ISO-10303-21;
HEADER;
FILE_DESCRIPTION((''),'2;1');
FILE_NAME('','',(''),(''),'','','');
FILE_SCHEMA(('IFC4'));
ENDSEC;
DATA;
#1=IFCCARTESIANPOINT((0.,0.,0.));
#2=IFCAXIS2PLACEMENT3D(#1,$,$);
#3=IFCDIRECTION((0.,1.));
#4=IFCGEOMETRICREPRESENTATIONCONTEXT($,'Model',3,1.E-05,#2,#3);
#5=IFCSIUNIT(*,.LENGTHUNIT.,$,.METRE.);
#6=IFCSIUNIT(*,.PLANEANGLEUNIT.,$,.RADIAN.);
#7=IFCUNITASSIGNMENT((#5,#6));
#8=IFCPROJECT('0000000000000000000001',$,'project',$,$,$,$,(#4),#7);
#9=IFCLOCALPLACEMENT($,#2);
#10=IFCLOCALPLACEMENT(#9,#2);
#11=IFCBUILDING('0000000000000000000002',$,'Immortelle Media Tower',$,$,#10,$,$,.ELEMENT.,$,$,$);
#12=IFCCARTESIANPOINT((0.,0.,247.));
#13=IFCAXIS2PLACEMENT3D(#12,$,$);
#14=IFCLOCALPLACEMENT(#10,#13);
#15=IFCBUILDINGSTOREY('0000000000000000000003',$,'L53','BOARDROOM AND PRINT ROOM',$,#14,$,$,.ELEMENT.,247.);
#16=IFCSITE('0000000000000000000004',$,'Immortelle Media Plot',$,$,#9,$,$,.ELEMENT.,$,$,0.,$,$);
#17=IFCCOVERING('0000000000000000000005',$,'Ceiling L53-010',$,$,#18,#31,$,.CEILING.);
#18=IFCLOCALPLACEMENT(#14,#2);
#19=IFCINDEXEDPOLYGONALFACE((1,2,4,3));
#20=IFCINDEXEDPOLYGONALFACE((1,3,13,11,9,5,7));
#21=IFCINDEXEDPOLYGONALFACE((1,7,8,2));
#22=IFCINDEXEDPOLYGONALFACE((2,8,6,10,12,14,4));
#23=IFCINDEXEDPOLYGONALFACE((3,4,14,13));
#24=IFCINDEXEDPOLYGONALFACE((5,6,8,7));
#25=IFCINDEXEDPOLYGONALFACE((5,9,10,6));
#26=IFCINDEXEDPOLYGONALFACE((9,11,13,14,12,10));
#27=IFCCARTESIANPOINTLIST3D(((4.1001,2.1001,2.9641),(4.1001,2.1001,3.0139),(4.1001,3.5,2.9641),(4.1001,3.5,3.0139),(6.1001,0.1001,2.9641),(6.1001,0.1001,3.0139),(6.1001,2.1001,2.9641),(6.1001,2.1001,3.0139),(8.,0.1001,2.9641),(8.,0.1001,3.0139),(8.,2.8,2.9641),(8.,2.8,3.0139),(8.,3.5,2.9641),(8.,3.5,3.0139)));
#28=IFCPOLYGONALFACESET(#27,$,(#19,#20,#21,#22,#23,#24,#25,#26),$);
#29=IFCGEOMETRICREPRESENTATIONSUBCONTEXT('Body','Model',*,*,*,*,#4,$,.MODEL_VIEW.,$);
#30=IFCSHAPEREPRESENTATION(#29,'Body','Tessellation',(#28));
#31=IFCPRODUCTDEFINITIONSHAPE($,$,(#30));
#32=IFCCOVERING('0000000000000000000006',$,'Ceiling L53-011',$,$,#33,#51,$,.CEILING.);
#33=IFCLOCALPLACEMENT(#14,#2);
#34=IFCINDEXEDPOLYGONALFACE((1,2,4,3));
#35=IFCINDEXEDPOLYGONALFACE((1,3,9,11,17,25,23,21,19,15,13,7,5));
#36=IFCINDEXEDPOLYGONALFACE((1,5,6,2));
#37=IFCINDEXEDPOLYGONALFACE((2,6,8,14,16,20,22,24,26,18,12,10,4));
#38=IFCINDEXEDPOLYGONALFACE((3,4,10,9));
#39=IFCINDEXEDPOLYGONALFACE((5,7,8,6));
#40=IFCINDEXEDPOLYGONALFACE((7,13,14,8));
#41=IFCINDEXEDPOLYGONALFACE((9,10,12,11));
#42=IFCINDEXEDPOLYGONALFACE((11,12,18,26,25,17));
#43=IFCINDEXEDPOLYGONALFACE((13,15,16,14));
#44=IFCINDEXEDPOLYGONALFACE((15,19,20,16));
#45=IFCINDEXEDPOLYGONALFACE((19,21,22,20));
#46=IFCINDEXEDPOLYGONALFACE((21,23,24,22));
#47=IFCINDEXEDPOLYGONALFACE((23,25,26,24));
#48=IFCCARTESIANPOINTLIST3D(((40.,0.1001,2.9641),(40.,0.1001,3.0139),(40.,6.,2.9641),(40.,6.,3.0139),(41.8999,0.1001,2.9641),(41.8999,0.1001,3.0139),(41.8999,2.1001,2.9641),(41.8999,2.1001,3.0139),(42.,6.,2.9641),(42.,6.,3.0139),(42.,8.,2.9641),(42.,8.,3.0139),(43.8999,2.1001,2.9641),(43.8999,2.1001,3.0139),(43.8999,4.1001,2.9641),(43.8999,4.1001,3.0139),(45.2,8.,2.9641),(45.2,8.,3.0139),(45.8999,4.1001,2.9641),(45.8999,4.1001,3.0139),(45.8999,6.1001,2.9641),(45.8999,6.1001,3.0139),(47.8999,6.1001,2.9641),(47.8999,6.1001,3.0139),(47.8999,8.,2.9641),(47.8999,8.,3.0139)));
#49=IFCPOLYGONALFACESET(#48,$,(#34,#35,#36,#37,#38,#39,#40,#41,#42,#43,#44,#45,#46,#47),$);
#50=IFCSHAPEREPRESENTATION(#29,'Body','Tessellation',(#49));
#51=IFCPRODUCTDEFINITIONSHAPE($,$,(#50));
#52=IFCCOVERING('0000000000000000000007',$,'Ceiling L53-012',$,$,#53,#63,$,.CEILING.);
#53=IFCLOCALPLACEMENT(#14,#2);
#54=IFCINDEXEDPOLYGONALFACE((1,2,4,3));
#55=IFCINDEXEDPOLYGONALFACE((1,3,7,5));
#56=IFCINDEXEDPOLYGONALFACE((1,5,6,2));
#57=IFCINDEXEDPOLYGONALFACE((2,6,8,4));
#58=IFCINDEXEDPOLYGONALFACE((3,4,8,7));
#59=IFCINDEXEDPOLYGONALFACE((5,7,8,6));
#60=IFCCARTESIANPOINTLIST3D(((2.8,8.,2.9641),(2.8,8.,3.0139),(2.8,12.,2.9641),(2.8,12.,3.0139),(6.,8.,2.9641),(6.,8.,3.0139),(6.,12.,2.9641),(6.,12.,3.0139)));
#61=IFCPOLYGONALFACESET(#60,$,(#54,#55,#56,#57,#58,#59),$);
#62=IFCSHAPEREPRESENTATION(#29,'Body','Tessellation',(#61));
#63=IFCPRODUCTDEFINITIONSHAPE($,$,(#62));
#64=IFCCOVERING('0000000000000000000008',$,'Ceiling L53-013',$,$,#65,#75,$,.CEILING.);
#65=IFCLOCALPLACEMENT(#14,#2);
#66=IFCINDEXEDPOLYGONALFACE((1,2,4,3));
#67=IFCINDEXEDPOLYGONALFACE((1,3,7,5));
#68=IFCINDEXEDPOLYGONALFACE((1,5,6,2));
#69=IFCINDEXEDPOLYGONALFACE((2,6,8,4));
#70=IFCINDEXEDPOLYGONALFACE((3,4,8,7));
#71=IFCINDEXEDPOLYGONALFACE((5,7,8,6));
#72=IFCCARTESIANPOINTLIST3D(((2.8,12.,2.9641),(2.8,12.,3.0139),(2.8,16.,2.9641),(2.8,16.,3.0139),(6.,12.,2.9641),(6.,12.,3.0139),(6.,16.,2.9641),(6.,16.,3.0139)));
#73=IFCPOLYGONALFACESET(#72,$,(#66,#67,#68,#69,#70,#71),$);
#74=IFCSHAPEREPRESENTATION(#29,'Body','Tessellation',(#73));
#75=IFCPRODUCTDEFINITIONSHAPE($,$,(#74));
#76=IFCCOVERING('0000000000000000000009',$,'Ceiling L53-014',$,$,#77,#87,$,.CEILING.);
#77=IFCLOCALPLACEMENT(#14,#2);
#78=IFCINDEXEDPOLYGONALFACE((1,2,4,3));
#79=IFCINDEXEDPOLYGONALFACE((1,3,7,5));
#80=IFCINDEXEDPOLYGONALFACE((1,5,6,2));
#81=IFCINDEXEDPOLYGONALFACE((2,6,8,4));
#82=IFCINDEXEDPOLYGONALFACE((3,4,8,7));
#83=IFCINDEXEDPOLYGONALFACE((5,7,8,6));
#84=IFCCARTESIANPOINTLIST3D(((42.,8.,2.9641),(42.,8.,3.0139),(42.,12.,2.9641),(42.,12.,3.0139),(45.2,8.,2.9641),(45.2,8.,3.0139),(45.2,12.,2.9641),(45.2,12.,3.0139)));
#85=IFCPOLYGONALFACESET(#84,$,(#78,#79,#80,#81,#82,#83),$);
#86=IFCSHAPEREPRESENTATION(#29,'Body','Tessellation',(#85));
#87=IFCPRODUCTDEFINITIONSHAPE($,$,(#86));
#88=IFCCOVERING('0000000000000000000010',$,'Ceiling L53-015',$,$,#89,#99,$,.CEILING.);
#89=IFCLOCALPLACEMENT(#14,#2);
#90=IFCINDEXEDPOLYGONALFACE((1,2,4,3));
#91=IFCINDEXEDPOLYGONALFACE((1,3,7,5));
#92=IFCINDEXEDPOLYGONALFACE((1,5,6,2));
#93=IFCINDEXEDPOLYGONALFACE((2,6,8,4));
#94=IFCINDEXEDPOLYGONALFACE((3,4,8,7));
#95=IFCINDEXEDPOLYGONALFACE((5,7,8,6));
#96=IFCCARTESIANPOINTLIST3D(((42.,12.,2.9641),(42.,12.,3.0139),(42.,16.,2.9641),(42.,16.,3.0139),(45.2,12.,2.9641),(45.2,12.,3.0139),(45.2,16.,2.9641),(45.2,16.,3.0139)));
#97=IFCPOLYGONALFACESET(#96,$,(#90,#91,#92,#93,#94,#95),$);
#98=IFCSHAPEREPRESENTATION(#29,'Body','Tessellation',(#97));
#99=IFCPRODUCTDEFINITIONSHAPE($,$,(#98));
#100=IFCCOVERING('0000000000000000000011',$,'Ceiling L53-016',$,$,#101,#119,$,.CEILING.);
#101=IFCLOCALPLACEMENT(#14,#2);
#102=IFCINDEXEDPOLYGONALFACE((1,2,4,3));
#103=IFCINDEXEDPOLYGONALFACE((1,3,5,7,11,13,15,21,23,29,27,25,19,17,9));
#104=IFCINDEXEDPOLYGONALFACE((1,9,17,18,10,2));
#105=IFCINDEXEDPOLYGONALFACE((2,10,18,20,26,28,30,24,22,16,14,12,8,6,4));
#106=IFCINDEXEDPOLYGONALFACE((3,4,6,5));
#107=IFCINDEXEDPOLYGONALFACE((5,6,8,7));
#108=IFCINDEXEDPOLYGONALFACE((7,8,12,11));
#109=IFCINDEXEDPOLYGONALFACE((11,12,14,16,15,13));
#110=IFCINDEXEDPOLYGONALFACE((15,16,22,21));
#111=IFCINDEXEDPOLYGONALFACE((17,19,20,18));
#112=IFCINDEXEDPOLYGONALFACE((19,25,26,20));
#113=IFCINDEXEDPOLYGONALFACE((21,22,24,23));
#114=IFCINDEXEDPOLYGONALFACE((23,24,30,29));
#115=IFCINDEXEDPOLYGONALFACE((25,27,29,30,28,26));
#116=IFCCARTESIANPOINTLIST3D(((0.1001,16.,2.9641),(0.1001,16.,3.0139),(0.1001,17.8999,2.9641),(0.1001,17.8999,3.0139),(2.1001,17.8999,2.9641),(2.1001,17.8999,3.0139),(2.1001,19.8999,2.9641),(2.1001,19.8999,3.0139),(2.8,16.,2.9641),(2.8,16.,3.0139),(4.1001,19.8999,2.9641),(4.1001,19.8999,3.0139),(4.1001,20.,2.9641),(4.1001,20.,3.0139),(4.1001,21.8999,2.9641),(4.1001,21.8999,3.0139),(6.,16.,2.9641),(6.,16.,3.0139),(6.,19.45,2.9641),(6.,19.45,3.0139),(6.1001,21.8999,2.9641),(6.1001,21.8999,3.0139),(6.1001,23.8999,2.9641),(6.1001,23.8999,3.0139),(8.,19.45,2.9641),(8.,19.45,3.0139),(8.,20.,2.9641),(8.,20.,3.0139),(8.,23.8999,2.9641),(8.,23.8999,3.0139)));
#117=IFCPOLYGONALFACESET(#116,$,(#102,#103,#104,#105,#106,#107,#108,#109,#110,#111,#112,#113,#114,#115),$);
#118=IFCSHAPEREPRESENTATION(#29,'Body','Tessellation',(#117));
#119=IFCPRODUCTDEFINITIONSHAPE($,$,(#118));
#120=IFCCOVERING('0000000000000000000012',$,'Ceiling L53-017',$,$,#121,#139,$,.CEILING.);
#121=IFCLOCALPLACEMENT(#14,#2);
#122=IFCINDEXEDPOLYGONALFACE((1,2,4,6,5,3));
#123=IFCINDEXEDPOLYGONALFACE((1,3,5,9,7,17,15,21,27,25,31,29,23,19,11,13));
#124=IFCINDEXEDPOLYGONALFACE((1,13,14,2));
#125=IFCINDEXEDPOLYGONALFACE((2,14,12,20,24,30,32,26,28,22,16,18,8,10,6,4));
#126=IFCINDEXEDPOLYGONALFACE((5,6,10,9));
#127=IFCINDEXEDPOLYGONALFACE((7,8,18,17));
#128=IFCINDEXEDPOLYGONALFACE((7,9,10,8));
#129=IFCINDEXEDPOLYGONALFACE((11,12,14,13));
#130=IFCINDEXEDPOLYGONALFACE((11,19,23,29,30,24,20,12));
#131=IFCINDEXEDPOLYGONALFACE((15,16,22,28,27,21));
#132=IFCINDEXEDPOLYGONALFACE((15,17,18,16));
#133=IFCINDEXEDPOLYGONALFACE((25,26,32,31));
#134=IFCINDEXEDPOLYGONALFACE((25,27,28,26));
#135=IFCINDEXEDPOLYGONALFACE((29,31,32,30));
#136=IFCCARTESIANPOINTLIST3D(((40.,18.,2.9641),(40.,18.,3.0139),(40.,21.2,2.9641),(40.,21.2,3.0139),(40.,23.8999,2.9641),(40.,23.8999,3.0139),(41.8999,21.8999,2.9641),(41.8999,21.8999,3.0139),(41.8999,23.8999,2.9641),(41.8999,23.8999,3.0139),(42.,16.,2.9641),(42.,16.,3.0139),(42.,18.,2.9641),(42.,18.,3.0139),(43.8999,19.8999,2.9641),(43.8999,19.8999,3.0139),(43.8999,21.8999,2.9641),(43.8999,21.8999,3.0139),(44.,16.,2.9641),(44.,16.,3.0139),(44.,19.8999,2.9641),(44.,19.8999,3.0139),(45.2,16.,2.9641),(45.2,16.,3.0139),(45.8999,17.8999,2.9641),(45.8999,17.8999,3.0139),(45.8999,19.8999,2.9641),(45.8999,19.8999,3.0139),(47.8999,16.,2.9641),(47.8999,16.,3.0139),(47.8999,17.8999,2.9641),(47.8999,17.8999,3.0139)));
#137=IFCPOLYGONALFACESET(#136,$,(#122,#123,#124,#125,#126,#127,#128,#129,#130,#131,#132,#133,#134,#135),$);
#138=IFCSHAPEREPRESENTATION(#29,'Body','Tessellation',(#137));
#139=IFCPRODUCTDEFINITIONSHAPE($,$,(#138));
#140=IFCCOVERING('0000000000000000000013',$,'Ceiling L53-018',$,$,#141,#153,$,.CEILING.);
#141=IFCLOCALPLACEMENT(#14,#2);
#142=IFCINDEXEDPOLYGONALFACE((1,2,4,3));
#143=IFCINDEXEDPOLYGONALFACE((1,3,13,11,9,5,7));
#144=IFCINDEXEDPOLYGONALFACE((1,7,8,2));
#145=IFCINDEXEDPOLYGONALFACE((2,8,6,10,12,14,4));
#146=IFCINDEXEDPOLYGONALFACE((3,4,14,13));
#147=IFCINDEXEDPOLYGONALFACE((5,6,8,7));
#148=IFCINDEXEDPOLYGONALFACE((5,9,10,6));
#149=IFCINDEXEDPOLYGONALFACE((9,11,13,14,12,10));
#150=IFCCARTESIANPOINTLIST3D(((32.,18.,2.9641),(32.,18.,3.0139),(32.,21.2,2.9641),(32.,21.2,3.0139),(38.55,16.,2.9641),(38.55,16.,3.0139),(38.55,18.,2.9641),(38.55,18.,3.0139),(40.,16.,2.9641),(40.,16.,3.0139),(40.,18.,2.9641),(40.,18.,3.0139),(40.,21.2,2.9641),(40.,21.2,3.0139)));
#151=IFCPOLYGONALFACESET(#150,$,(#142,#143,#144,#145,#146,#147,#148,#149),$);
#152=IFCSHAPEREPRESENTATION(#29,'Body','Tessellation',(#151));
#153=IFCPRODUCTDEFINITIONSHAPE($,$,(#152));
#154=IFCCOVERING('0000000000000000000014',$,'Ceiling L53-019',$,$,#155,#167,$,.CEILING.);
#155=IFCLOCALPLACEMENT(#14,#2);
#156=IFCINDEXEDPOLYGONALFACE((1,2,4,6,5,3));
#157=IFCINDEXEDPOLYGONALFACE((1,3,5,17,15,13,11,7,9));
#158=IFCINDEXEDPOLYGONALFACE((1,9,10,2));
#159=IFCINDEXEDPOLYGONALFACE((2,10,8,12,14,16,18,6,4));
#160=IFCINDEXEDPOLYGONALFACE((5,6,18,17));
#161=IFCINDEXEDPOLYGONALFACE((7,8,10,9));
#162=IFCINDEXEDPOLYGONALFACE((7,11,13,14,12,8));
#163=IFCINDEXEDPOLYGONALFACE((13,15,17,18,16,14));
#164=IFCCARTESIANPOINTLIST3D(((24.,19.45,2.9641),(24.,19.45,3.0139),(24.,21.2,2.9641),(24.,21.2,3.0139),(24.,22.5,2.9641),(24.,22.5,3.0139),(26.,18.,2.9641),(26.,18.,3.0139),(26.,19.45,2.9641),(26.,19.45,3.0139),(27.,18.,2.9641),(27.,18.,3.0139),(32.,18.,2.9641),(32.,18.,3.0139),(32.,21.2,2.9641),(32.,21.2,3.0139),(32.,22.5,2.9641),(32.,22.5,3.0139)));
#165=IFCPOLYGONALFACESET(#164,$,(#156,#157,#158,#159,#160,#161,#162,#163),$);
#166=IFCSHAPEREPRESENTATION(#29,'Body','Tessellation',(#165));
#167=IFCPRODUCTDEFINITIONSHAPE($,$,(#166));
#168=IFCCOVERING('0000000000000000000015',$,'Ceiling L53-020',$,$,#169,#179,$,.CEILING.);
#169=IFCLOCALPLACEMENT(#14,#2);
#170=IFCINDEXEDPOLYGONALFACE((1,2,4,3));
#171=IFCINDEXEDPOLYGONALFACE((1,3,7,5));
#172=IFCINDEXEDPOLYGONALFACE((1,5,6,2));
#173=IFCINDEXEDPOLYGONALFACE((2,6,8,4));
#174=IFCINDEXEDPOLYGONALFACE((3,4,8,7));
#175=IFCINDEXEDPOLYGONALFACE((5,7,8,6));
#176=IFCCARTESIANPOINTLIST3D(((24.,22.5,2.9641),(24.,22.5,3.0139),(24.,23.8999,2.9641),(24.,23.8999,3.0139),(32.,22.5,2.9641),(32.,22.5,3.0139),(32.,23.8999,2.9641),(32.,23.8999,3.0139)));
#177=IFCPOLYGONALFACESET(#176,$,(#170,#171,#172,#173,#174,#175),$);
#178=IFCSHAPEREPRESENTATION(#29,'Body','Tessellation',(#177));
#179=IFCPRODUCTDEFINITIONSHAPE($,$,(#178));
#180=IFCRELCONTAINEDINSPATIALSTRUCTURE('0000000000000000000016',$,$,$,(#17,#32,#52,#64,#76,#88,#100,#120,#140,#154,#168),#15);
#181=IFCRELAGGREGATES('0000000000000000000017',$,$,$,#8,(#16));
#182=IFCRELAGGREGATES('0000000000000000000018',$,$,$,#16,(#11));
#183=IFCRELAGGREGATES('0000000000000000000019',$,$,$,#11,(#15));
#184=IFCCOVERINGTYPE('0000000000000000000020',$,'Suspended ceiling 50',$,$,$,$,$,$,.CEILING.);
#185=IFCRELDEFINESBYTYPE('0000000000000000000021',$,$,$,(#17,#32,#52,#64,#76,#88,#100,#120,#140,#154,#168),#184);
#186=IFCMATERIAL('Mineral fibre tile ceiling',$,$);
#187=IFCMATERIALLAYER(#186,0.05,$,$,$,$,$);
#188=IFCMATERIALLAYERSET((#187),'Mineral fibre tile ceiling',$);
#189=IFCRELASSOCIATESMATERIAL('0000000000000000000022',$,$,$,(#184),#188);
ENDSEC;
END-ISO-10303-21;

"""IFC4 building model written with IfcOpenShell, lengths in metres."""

from ifc_helpers import new_model, si_unit, direction, frame, origin, place, context, subcontext, project, spatial, polyline, outline, extrude, material, layer, layer_set, type_object, element, save


model = new_model("IFC4")

# Units and contexts
model_context = context("Model", 3, precision=1e-05, world=origin(), true_north=direction((0.0, 1.0)))
body_context = subcontext(model_context, "Body", "Model", "MODEL_VIEW")
ifc_project = project(units=[si_unit("LENGTHUNIT", "METRE"), si_unit("PLANEANGLEUNIT", "RADIAN")], contexts=[model_context])

# Site, building, storey
site_placement = place(None, origin())
site = spatial("IfcSite", under=ifc_project, at=site_placement, Name="Immortelle Media Plot", CompositionType="ELEMENT", RefElevation=0.0)
building_placement = place(site_placement, origin())
building = spatial("IfcBuilding", under=site, at=building_placement, Name="Immortelle Media Tower", CompositionType="ELEMENT")
storey_placement = place(building_placement, frame((0.0, 0.0, 247.0)))
storey = spatial("IfcBuildingStorey", under=building, at=storey_placement, Name="L53", Description="BOARDROOM AND PRINT ROOM", CompositionType="ELEMENT", Elevation=247.0)

# Coverings
ifc_material_1 = material(Name="Mineral fibre tile ceiling")
ifc_layer_1 = layer(ifc_material_1, 0.05)
ifc_layer_set_1 = layer_set([ifc_layer_1], Name="Mineral fibre tile ceiling")
covering_type = type_object("IfcCoveringType", Name="Suspended ceiling 50", PredefinedType="CEILING", material=ifc_layer_set_1)
covering_1_placement = place(storey_placement, frame((0.0, 0.0, 2.9641)))
element("IfcCovering", 1, at=covering_1_placement, inside=storey, type_object=covering_type, Name="Ceiling L53-010", PredefinedType="CEILING", context=body_context, shape_type="SweptSolid", body=[
    extrude(outline(polyline([(4.1001, 3.5), (8.0, 3.5), (8.0, 2.8), (8.0, 0.1001), (6.1001, 0.1001), (6.1001, 2.1001), (4.1001, 2.1001), (4.1001, 3.5)])), origin(), (0.0, 0.0, 1.0), 0.0498),
])
covering_2_placement = place(storey_placement, frame((0.0, 0.0, 2.9641)))
element("IfcCovering", 2, at=covering_2_placement, inside=storey, type_object=covering_type, Name="Ceiling L53-011", PredefinedType="CEILING", context=body_context, shape_type="SweptSolid", body=[
    extrude(outline(polyline([(45.8999, 6.1001), (45.8999, 4.1001), (43.8999, 4.1001), (43.8999, 2.1001), (41.8999, 2.1001), (41.8999, 0.1001), (40.0, 0.1001), (40.0, 6.0), (42.0, 6.0), (42.0, 8.0), (45.2, 8.0), (47.8999, 8.0), (47.8999, 6.1001), (45.8999, 6.1001)])), origin(), (0.0, 0.0, 1.0), 0.0498),
])
covering_3_placement = place(storey_placement, frame((0.0, 0.0, 2.9641)))
element("IfcCovering", 3, at=covering_3_placement, inside=storey, type_object=covering_type, Name="Ceiling L53-012", PredefinedType="CEILING", context=body_context, shape_type="SweptSolid", body=[
    extrude(outline(polyline([(2.8, 8.0), (2.8, 12.0), (6.0, 12.0), (6.0, 8.0), (2.8, 8.0)])), origin(), (0.0, 0.0, 1.0), 0.0498),
])
covering_4_placement = place(storey_placement, frame((0.0, 0.0, 2.9641)))
element("IfcCovering", 4, at=covering_4_placement, inside=storey, type_object=covering_type, Name="Ceiling L53-013", PredefinedType="CEILING", context=body_context, shape_type="SweptSolid", body=[
    extrude(outline(polyline([(2.8, 16.0), (6.0, 16.0), (6.0, 12.0), (2.8, 12.0), (2.8, 16.0)])), origin(), (0.0, 0.0, 1.0), 0.0498),
])
covering_5_placement = place(storey_placement, frame((0.0, 0.0, 2.9641)))
element("IfcCovering", 5, at=covering_5_placement, inside=storey, type_object=covering_type, Name="Ceiling L53-014", PredefinedType="CEILING", context=body_context, shape_type="SweptSolid", body=[
    extrude(outline(polyline([(42.0, 8.0), (42.0, 12.0), (45.2, 12.0), (45.2, 8.0), (42.0, 8.0)])), origin(), (0.0, 0.0, 1.0), 0.0498),
])
covering_6_placement = place(storey_placement, frame((0.0, 0.0, 2.9641)))
element("IfcCovering", 6, at=covering_6_placement, inside=storey, type_object=covering_type, Name="Ceiling L53-015", PredefinedType="CEILING", context=body_context, shape_type="SweptSolid", body=[
    extrude(outline(polyline([(42.0, 16.0), (45.2, 16.0), (45.2, 12.0), (42.0, 12.0), (42.0, 16.0)])), origin(), (0.0, 0.0, 1.0), 0.0498),
])
covering_7_placement = place(storey_placement, frame((0.0, 0.0, 2.9641)))
element("IfcCovering", 7, at=covering_7_placement, inside=storey, type_object=covering_type, Name="Ceiling L53-016", PredefinedType="CEILING", context=body_context, shape_type="SweptSolid", body=[
    extrude(outline(polyline([(2.8, 16.0), (0.1001, 16.0), (0.1001, 17.8999), (2.1001, 17.8999), (2.1001, 19.8999), (4.1001, 19.8999), (4.1001, 20.0), (4.1001, 21.8999), (6.1001, 21.8999), (6.1001, 23.8999), (8.0, 23.8999), (8.0, 20.0), (8.0, 19.45), (6.0, 19.45), (6.0, 16.0), (2.8, 16.0)])), origin(), (0.0, 0.0, 1.0), 0.0498),
])
covering_8_placement = place(storey_placement, frame((0.0, 0.0, 2.9641)))
element("IfcCovering", 8, at=covering_8_placement, inside=storey, type_object=covering_type, Name="Ceiling L53-017", PredefinedType="CEILING", context=body_context, shape_type="SweptSolid", body=[
    extrude(outline(polyline([(45.8999, 19.8999), (45.8999, 17.8999), (47.8999, 17.8999), (47.8999, 16.0), (45.2, 16.0), (44.0, 16.0), (42.0, 16.0), (42.0, 18.0), (40.0, 18.0), (40.0, 21.2), (40.0, 23.8999), (41.8999, 23.8999), (41.8999, 21.8999), (43.8999, 21.8999), (43.8999, 19.8999), (44.0, 19.8999), (45.8999, 19.8999)])), origin(), (0.0, 0.0, 1.0), 0.0498),
])
covering_9_placement = place(storey_placement, frame((0.0, 0.0, 2.9641)))
element("IfcCovering", 9, at=covering_9_placement, inside=storey, type_object=covering_type, Name="Ceiling L53-018", PredefinedType="CEILING", context=body_context, shape_type="SweptSolid", body=[
    extrude(outline(polyline([(38.55, 16.0), (38.55, 18.0), (32.0, 18.0), (32.0, 21.2), (40.0, 21.2), (40.0, 18.0), (40.0, 16.0), (38.55, 16.0)])), origin(), (0.0, 0.0, 1.0), 0.0498),
])
covering_10_placement = place(storey_placement, frame((0.0, 0.0, 2.9641)))
element("IfcCovering", 10, at=covering_10_placement, inside=storey, type_object=covering_type, Name="Ceiling L53-019", PredefinedType="CEILING", context=body_context, shape_type="SweptSolid", body=[
    extrude(outline(polyline([(26.0, 18.0), (26.0, 19.45), (24.0, 19.45), (24.0, 21.2), (24.0, 22.5), (32.0, 22.5), (32.0, 21.2), (32.0, 18.0), (27.0, 18.0), (26.0, 18.0)])), origin(), (0.0, 0.0, 1.0), 0.0498),
])
covering_11_placement = place(storey_placement, frame((0.0, 0.0, 2.9641)))
element("IfcCovering", 11, at=covering_11_placement, inside=storey, type_object=covering_type, Name="Ceiling L53-020", PredefinedType="CEILING", context=body_context, shape_type="SweptSolid", body=[
    extrude(outline(polyline([(24.0, 23.8999), (32.0, 23.8999), (32.0, 22.5), (24.0, 22.5), (24.0, 23.8999)])), origin(), (0.0, 0.0, 1.0), 0.0498),
])

save(model, "model.ifc")
